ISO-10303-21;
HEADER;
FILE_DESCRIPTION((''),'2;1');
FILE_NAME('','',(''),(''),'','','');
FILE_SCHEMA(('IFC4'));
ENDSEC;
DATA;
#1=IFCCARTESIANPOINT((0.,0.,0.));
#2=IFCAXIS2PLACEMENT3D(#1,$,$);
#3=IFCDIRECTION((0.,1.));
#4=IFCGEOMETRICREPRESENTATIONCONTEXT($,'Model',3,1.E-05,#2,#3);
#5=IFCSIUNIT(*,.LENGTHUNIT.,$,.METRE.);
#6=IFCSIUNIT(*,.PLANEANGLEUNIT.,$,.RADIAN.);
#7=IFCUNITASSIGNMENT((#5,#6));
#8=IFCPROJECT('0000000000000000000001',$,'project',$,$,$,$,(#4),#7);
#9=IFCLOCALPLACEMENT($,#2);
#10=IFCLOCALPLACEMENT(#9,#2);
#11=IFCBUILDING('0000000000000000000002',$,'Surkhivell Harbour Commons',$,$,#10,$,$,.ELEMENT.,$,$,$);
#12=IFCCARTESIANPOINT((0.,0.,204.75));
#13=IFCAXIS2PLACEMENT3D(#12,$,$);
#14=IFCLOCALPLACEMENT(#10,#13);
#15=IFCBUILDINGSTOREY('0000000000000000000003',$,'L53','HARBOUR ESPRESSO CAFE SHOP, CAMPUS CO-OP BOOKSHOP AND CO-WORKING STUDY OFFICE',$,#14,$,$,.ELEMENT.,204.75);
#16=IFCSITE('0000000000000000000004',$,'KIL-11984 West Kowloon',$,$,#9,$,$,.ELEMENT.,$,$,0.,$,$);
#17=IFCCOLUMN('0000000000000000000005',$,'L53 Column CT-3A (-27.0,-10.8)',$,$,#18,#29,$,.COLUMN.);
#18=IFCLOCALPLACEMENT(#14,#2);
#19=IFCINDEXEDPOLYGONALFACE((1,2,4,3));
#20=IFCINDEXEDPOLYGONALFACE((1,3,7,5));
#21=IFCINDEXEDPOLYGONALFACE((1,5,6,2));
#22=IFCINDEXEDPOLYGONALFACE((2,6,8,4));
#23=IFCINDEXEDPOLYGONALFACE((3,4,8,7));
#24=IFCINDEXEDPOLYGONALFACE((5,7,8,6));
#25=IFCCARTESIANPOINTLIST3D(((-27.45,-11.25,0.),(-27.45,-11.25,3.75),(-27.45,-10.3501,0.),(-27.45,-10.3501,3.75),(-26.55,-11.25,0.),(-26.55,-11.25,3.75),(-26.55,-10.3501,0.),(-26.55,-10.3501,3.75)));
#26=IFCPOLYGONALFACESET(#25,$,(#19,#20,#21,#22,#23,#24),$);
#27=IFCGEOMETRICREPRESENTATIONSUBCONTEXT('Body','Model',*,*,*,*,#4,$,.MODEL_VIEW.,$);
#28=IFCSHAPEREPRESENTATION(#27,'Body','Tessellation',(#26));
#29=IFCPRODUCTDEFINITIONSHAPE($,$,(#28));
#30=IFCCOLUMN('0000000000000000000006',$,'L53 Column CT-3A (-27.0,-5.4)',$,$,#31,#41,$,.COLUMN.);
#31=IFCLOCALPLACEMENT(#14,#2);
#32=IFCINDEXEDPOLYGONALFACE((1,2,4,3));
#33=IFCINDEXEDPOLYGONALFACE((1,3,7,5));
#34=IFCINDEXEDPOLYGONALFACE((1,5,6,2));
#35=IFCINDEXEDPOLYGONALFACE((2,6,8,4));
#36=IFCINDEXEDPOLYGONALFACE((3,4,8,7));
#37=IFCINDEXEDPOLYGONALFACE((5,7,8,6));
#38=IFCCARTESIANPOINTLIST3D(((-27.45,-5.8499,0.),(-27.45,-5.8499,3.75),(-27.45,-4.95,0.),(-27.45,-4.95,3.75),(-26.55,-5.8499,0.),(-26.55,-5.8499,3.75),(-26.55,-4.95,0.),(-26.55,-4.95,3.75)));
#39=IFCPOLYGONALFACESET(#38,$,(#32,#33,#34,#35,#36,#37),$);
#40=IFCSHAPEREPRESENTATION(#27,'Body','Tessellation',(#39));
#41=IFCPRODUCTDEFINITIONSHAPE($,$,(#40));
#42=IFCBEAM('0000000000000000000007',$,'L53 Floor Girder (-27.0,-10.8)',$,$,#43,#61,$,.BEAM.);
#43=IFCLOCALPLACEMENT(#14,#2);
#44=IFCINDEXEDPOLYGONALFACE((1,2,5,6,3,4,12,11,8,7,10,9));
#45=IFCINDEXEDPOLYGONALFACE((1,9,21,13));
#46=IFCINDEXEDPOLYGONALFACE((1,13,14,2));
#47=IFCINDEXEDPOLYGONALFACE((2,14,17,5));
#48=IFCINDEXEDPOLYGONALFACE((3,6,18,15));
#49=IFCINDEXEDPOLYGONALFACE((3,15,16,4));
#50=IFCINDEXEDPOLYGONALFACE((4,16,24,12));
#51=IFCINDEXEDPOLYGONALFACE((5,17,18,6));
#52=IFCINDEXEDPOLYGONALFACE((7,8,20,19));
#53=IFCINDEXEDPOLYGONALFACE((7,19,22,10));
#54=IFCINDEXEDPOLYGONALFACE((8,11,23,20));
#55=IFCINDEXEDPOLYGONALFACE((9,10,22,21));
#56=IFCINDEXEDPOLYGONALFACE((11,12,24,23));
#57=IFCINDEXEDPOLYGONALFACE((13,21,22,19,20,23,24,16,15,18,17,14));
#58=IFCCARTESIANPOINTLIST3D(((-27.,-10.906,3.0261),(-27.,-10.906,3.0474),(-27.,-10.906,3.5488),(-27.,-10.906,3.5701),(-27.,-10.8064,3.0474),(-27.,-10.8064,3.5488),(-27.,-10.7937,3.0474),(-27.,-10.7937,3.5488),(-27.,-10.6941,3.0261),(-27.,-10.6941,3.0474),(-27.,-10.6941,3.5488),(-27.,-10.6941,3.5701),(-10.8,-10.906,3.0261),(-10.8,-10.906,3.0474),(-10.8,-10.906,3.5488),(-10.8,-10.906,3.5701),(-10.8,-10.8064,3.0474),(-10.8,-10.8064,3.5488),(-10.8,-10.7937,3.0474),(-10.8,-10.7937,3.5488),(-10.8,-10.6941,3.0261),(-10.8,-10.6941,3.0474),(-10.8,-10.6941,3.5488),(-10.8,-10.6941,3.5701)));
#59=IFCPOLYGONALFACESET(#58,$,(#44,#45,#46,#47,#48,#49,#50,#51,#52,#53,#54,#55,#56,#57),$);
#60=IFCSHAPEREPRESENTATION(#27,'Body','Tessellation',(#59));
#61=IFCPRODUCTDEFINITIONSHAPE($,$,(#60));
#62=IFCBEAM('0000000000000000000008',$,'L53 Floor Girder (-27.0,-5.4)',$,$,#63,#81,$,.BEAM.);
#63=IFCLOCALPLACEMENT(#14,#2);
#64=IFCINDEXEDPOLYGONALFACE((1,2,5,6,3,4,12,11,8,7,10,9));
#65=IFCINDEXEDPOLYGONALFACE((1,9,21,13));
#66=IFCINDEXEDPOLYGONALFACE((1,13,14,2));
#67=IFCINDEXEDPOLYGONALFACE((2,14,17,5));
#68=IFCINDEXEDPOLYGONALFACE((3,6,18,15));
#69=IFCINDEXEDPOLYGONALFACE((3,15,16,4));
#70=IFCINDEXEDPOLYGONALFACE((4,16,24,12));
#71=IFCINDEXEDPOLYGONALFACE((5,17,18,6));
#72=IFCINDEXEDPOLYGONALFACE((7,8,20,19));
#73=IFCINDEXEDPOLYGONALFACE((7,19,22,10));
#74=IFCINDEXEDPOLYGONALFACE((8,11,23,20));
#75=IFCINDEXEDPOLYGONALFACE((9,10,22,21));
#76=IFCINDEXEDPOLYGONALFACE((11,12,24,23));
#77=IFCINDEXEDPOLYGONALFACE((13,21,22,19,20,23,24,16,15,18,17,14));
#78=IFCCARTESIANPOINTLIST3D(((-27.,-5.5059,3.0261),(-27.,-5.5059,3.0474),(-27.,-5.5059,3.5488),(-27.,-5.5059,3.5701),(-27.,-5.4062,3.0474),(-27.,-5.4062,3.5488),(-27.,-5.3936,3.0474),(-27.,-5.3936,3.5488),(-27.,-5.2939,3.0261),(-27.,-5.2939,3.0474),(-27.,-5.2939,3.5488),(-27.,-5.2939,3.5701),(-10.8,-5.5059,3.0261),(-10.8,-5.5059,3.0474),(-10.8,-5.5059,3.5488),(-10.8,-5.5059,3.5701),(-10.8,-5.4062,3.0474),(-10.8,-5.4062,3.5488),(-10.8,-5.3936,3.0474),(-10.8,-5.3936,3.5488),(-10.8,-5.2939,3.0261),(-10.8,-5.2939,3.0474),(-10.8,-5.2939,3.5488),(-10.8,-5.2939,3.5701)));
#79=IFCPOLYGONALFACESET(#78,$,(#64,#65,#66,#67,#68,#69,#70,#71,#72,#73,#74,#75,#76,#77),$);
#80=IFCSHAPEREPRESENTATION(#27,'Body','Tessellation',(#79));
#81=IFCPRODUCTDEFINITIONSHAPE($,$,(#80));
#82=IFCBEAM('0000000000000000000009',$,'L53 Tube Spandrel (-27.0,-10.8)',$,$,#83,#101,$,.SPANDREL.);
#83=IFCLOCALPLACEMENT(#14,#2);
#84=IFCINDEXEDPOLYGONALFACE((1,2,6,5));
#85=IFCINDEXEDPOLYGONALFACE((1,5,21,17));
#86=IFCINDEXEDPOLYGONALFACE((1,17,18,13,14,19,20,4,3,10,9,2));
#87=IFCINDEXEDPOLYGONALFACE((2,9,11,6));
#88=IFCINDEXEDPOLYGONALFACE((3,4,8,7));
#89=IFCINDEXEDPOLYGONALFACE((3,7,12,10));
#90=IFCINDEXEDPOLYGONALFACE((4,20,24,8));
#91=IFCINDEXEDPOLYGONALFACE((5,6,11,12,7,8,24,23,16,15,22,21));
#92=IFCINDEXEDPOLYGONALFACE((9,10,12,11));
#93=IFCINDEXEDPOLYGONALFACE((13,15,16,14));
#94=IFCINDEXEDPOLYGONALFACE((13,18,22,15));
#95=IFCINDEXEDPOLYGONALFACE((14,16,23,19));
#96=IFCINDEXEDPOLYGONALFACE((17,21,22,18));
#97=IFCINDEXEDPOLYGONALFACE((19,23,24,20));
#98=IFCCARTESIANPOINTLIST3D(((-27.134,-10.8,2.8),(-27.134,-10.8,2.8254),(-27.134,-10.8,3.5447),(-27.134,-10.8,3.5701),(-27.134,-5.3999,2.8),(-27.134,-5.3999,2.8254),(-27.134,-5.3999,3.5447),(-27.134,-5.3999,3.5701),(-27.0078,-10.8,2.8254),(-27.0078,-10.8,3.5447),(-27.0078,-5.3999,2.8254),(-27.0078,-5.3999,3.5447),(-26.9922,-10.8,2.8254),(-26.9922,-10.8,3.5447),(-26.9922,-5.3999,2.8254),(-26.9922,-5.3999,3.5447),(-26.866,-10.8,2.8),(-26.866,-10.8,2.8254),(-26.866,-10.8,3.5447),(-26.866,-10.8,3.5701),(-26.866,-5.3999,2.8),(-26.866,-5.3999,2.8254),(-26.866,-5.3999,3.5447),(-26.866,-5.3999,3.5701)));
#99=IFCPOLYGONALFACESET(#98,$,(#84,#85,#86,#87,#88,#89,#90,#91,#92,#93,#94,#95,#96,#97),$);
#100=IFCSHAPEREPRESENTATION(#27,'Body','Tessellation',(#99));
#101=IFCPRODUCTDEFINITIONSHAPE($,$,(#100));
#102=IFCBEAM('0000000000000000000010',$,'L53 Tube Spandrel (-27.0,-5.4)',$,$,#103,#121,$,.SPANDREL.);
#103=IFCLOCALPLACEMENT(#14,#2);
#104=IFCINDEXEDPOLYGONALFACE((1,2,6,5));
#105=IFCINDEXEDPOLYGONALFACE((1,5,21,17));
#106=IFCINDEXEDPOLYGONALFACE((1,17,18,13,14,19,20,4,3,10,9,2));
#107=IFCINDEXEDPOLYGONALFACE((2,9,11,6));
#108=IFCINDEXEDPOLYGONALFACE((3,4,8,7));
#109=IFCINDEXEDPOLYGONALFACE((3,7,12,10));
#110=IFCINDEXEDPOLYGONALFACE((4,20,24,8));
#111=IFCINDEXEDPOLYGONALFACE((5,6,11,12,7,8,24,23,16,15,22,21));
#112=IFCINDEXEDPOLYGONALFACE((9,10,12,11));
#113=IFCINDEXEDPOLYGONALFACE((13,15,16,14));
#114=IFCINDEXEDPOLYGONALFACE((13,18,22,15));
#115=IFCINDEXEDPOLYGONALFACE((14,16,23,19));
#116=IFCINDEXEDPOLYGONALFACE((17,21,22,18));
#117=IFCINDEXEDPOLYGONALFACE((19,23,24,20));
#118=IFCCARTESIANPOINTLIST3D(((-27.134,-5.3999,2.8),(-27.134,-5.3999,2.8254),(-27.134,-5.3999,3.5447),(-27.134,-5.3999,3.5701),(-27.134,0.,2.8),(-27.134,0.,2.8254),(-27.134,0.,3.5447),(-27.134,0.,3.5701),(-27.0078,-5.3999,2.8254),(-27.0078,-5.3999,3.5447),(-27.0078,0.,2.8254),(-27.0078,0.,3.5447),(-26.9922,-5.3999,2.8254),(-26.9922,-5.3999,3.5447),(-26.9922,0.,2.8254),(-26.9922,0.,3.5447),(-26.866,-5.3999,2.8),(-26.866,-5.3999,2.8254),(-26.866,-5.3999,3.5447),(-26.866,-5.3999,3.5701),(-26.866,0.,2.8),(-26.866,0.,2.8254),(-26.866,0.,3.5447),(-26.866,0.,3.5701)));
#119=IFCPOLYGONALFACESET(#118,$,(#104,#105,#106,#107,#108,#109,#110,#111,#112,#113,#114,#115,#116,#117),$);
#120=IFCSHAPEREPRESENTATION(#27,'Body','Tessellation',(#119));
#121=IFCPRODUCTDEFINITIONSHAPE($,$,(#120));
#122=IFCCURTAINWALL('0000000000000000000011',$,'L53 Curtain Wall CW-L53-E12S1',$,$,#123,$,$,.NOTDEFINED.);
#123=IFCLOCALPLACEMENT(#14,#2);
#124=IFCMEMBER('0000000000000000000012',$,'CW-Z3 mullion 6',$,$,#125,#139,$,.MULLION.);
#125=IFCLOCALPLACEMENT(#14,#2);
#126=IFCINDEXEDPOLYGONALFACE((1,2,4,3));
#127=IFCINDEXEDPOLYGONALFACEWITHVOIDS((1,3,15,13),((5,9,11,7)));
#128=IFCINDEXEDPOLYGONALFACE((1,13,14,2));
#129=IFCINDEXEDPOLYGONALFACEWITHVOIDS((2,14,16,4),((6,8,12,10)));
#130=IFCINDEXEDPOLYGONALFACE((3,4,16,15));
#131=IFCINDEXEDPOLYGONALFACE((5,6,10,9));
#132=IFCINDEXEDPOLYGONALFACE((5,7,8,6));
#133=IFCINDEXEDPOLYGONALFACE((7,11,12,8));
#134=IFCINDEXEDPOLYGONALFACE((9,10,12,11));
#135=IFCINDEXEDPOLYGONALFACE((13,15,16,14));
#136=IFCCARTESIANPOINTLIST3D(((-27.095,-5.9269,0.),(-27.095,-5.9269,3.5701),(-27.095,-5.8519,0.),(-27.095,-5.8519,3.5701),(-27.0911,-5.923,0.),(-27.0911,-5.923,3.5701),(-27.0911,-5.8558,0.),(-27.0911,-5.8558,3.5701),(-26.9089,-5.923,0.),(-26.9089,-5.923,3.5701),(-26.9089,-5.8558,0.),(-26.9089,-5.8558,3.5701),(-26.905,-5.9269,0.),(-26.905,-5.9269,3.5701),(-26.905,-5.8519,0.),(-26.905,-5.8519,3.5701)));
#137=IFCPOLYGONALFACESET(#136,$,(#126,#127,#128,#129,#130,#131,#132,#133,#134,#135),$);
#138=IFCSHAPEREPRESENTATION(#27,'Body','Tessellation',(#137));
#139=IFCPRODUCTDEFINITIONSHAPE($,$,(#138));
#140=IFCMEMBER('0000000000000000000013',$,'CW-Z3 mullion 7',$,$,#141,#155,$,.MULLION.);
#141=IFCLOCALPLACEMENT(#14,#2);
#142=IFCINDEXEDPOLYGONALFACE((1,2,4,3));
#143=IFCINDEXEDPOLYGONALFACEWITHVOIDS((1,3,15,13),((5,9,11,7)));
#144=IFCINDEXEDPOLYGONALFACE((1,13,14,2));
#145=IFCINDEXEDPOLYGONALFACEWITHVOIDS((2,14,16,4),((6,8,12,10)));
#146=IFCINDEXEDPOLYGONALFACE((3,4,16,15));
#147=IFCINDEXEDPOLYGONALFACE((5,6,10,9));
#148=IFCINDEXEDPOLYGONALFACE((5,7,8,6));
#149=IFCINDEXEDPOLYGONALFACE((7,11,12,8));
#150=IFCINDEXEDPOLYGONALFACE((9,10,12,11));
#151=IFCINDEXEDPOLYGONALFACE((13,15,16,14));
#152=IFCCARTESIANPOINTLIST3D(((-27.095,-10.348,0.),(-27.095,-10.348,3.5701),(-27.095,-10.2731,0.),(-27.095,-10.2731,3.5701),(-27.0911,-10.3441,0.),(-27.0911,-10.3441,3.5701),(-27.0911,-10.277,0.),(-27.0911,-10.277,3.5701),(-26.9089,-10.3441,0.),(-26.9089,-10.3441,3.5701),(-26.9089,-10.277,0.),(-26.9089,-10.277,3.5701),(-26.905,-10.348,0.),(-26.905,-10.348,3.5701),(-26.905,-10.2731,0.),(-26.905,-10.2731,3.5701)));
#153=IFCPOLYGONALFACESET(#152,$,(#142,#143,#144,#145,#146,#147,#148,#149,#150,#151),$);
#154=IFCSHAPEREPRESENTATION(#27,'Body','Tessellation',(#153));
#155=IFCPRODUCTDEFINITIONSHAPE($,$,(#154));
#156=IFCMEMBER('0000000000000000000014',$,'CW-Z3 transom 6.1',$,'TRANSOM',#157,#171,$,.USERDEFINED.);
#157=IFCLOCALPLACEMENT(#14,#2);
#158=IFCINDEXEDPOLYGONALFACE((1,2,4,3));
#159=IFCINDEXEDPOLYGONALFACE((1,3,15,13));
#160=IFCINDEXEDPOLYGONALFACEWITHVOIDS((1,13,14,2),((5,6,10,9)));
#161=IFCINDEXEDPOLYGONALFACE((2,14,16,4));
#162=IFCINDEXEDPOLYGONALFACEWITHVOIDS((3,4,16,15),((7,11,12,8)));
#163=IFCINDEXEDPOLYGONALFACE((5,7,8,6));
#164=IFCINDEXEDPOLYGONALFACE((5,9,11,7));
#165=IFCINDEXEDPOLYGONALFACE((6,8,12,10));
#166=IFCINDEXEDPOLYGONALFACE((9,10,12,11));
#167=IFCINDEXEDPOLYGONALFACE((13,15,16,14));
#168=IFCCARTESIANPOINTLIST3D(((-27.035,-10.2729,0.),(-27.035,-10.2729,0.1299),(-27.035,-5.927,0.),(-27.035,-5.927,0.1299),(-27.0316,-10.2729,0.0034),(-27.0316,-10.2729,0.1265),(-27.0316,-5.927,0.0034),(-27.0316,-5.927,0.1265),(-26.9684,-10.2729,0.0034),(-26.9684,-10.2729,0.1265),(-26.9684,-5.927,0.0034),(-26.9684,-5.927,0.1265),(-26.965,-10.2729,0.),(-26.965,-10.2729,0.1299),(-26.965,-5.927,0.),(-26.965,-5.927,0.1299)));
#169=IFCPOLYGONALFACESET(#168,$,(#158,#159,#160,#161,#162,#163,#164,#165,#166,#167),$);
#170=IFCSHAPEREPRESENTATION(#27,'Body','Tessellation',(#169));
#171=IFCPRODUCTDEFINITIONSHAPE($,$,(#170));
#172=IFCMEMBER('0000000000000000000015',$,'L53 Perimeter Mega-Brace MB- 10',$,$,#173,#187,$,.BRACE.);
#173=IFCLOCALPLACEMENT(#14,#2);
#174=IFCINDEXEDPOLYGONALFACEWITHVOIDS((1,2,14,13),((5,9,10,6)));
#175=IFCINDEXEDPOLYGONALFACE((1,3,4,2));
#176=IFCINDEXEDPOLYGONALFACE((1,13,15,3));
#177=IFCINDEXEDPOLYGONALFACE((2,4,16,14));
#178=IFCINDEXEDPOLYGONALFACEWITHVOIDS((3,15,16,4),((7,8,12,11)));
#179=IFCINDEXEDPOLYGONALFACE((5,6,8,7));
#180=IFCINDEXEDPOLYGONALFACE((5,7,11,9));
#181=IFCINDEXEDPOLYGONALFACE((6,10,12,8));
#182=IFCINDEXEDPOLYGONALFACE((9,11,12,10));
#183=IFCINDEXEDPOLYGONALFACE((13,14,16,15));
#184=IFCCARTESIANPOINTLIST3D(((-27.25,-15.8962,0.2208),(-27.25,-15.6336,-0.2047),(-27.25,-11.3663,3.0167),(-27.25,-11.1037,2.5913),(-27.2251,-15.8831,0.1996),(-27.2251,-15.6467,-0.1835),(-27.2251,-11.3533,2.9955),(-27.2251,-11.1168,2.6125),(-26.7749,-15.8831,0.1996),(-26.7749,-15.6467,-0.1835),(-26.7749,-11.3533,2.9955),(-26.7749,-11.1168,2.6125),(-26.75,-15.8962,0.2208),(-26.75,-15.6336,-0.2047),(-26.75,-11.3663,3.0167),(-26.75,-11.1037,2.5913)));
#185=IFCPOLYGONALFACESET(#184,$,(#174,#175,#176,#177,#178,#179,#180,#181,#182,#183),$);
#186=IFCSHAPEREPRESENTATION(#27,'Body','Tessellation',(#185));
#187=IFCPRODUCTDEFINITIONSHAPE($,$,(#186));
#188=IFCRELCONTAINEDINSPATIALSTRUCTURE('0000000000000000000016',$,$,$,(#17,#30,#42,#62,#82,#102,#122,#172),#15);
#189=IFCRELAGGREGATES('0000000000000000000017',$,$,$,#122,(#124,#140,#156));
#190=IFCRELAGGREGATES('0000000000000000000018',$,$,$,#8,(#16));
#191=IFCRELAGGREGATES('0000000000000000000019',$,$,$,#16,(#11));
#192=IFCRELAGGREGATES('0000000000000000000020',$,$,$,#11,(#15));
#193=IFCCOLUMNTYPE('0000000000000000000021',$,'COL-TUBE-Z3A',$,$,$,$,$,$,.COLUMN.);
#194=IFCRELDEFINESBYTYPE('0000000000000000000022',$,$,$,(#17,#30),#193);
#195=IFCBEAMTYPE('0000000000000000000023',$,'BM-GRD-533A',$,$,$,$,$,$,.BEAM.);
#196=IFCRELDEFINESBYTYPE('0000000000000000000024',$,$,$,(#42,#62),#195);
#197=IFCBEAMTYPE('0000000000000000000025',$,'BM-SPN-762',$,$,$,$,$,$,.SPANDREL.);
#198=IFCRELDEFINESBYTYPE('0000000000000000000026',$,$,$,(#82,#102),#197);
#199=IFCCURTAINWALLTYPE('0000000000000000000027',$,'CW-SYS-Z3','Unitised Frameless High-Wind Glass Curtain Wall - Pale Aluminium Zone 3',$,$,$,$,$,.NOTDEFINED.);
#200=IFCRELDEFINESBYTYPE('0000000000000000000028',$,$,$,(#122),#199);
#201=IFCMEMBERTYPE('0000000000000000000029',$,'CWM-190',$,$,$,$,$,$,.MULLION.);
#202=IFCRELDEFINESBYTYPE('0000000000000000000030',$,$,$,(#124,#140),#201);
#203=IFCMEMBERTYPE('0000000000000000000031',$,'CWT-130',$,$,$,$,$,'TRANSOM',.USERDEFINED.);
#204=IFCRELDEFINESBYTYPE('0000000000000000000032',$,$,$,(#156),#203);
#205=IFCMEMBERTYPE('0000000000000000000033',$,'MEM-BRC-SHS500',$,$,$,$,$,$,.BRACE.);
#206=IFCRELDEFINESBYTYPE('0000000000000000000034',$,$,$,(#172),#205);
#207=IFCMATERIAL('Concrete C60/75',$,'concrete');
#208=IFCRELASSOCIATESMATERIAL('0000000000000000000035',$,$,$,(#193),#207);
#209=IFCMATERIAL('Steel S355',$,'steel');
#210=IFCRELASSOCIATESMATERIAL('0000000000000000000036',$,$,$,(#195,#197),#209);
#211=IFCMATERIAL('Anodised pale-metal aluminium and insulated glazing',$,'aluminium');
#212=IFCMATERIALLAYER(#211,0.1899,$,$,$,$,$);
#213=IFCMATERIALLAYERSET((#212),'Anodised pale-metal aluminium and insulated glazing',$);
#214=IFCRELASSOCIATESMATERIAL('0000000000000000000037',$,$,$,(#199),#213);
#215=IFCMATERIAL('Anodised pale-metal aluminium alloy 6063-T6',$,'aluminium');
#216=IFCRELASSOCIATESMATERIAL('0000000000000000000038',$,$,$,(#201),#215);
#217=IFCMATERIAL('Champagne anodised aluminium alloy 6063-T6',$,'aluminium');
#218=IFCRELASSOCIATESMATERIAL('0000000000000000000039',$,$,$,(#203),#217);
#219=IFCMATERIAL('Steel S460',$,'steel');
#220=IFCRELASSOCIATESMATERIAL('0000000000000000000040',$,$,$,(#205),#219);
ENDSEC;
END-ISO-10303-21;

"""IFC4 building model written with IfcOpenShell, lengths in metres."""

from ifc_helpers import new_model, si_unit, direction, frame, origin, origin_2d, place, context, subcontext, project, spatial, rectangle, hollow_rectangle, i_section, extrude, material, layer, layer_set, material_profile, profile_set, type_object, element, aggregate, save


model = new_model("IFC4")

# Units and contexts
model_context = context("Model", 3, precision=1e-05, world=origin(), true_north=direction((0.0, 1.0)))
body_context = subcontext(model_context, "Body", "Model", "MODEL_VIEW")
ifc_project = project(units=[si_unit("LENGTHUNIT", "METRE"), si_unit("PLANEANGLEUNIT", "RADIAN")], contexts=[model_context])

# Site, building, storey
site_placement = place(None, origin())
site = spatial("IfcSite", under=ifc_project, at=site_placement, Name="KIL-11984 West Kowloon", CompositionType="ELEMENT", RefElevation=0.0)
building_placement = place(site_placement, origin())
building = spatial("IfcBuilding", under=site, at=building_placement, Name="Surkhivell Harbour Commons", CompositionType="ELEMENT")
storey_placement = place(building_placement, frame((0.0, 0.0, 204.75)))
storey = spatial("IfcBuildingStorey", under=building, at=storey_placement, Name="L53", Description="HARBOUR ESPRESSO CAFE SHOP, CAMPUS CO-OP BOOKSHOP AND CO-WORKING STUDY OFFICE", CompositionType="ELEMENT", Elevation=204.75)

# Columns
ifc_material_1 = material(Name="Concrete C60/75", Category="concrete")
ifc_material_profile_1 = material_profile(ifc_material_1, rectangle(XDim=0.8999, YDim=0.8999, at=origin_2d()), Name="RC-COL-900x900")
ifc_profile_set_1 = profile_set([ifc_material_profile_1], Name="Concrete C60/75")
column_type = type_object("IfcColumnType", Name="COL-TUBE-Z3A", PredefinedType="COLUMN", material=ifc_profile_set_1)
for number, where, z_axis, x_axis, name in (
    (1, (-27.0, -10.8, 0.0), (0.0, 0.0, 1.0), (1.0, 0.0, 0.0), "L53 Column CT-3A (-27.0,-10.8)"),
    (2, (-27.0, -5.3999, 0.0), (0.0, 0.0, 1.0), (1.0, 0.0, 0.0), "L53 Column CT-3A (-27.0,-5.4)"),
):
    element("IfcColumn", number, at=place(storey_placement, frame(where, z_axis=z_axis, x_axis=x_axis)), inside=storey, type_object=column_type, Name=name, PredefinedType="COLUMN", context=body_context, shape_type="SweptSolid", body=[
        extrude(rectangle(XDim=0.8999, YDim=0.8999, at=origin_2d()), origin(), (0.0, 0.0, 1.0), 3.75),
    ])

# Beams
ifc_material_2 = material(Name="Steel S355", Category="steel")
ifc_material_profile_2 = material_profile(ifc_material_2, i_section(OverallWidth=0.2119, OverallDepth=0.5439, WebThickness=0.0127, FlangeThickness=0.0212, at=origin_2d()), Name="UB533x210x122")
ifc_profile_set_2 = profile_set([ifc_material_profile_2], Name="Steel S355")
beam_type_1 = type_object("IfcBeamType", Name="BM-GRD-533A", PredefinedType="BEAM", material=ifc_profile_set_2)
for number, where, z_axis, x_axis, name in (
    (3, (-27.0, -10.8, 3.2981), (1.0, 0.0, 0.0), (0.0, 1.0, 0.0), "L53 Floor Girder (-27.0,-10.8)"),
    (4, (-27.0, -5.3999, 3.2981), (1.0, 0.0, 0.0), (0.0, 1.0, 0.0), "L53 Floor Girder (-27.0,-5.4)"),
):
    element("IfcBeam", number, at=place(storey_placement, frame(where, z_axis=z_axis, x_axis=x_axis)), inside=storey, type_object=beam_type_1, Name=name, PredefinedType="BEAM", context=body_context, shape_type="SweptSolid", body=[
        extrude(i_section(OverallWidth=0.2119, OverallDepth=0.5439, WebThickness=0.0127, FlangeThickness=0.0212, at=origin_2d()), origin(), (0.0, 0.0, 1.0), 16.2),
    ])
ifc_material_profile_3 = material_profile(ifc_material_2, i_section(OverallWidth=0.2681, OverallDepth=0.77, WebThickness=0.0156, FlangeThickness=0.0254, at=origin_2d()), Name="UB762x267x197")
ifc_profile_set_3 = profile_set([ifc_material_profile_3], Name="Steel S355")
beam_type_2 = type_object("IfcBeamType", Name="BM-SPN-762", PredefinedType="SPANDREL", material=ifc_profile_set_3)
beam_1_placement = place(storey_placement, frame((-27.0, -10.8, 3.1851), z_axis=(0.0, 1.0, 0.0), x_axis=(-1.0, 0.0, 0.0)))
element("IfcBeam", 5, at=beam_1_placement, inside=storey, type_object=beam_type_2, Name="L53 Tube Spandrel (-27.0,-10.8)", PredefinedType="SPANDREL", context=body_context, shape_type="SweptSolid", body=[
    extrude(i_section(OverallWidth=0.2681, OverallDepth=0.77, WebThickness=0.0156, FlangeThickness=0.0254, at=origin_2d()), origin(), (0.0, 0.0, 1.0), 5.4001),
])
beam_2_placement = place(storey_placement, frame((-27.0, -5.3999, 3.1851), z_axis=(0.0, 1.0, 0.0), x_axis=(-1.0, 0.0, 0.0)))
element("IfcBeam", 6, at=beam_2_placement, inside=storey, type_object=beam_type_2, Name="L53 Tube Spandrel (-27.0,-5.4)", PredefinedType="SPANDREL", context=body_context, shape_type="SweptSolid", body=[
    extrude(i_section(OverallWidth=0.2681, OverallDepth=0.77, WebThickness=0.0156, FlangeThickness=0.0254, at=origin_2d()), origin(), (0.0, 0.0, 1.0), 5.3999),
])

# Curtain wall, members
ifc_material_3 = material(Name="Anodised pale-metal aluminium and insulated glazing", Category="aluminium")
ifc_layer_1 = layer(ifc_material_3, 0.1899)
ifc_layer_set_1 = layer_set([ifc_layer_1], Name="Anodised pale-metal aluminium and insulated glazing")
curtain_wall_type = type_object("IfcCurtainWallType", Name="CW-SYS-Z3", Description="Unitised Frameless High-Wind Glass Curtain Wall - Pale Aluminium Zone 3", PredefinedType="NOTDEFINED", material=ifc_layer_set_1)
curtain_wall_placement = place(storey_placement, origin())
curtain_wall = element("IfcCurtainWall", 7, at=curtain_wall_placement, inside=storey, type_object=curtain_wall_type, Name="L53 Curtain Wall CW-L53-E12S1", PredefinedType="NOTDEFINED")
ifc_material_4 = material(Name="Anodised pale-metal aluminium alloy 6063-T6", Category="aluminium")
ifc_material_profile_4 = material_profile(ifc_material_4, hollow_rectangle(XDim=0.075, YDim=0.1899, WallThickness=0.0039, at=origin_2d()), Name="ALU-MULL-75x190")
ifc_profile_set_4 = profile_set([ifc_material_profile_4], Name="Anodised pale-metal aluminium alloy 6063-T6")
member_type_1 = type_object("IfcMemberType", Name="CWM-190", PredefinedType="MULLION", material=ifc_profile_set_4)
member_1_placement = place(storey_placement, frame((-27.0, -5.8894, 0.0), z_axis=(0.0, 0.0, 1.0), x_axis=(0.0, -1.0, 0.0)))
member_1 = element("IfcMember", 8, at=member_1_placement, type_object=member_type_1, Name="CW-Z3 mullion 6", PredefinedType="MULLION", context=body_context, shape_type="SweptSolid", body=[
    extrude(hollow_rectangle(XDim=0.075, YDim=0.1899, WallThickness=0.0039, at=origin_2d()), origin(), (0.0, 0.0, 1.0), 3.5701),
])
member_2_placement = place(storey_placement, frame((-27.0, -10.3105, 0.0), z_axis=(0.0, 0.0, 1.0), x_axis=(0.0, -1.0, 0.0)))
member_2 = element("IfcMember", 9, at=member_2_placement, type_object=member_type_1, Name="CW-Z3 mullion 7", PredefinedType="MULLION", context=body_context, shape_type="SweptSolid", body=[
    extrude(hollow_rectangle(XDim=0.075, YDim=0.1899, WallThickness=0.0039, at=origin_2d()), origin(), (0.0, 0.0, 1.0), 3.5701),
])
ifc_material_5 = material(Name="Champagne anodised aluminium alloy 6063-T6", Category="aluminium")
ifc_material_profile_5 = material_profile(ifc_material_5, hollow_rectangle(XDim=0.0701, YDim=0.1299, WallThickness=0.0034, at=origin_2d()), Name="ALU-TRAN-70x130")
ifc_profile_set_5 = profile_set([ifc_material_profile_5], Name="Champagne anodised aluminium alloy 6063-T6")
member_type_2 = type_object("IfcMemberType", Name="CWT-130", ElementType="TRANSOM", PredefinedType="USERDEFINED", material=ifc_profile_set_5)
member_3_placement = place(storey_placement, frame((-27.0, -5.927, 0.0649), z_axis=(0.0, -1.0, 0.0), x_axis=(1.0, 0.0, 0.0)))
member_3 = element("IfcMember", 10, at=member_3_placement, type_object=member_type_2, Name="CW-Z3 transom 6.1", ObjectType="TRANSOM", PredefinedType="USERDEFINED", context=body_context, shape_type="SweptSolid", body=[
    extrude(hollow_rectangle(XDim=0.0701, YDim=0.1299, WallThickness=0.0034, at=origin_2d()), origin(), (0.0, 0.0, 1.0), 4.3459),
])

# Member
ifc_material_6 = material(Name="Steel S460", Category="steel")
ifc_material_profile_6 = material_profile(ifc_material_6, hollow_rectangle(XDim=0.5, YDim=0.5, WallThickness=0.0249, at=origin_2d()), Name="SHS500x500x25")
ifc_profile_set_6 = profile_set([ifc_material_profile_6], Name="Steel S460")
member_type_3 = type_object("IfcMemberType", Name="MEM-BRC-SHS500", PredefinedType="BRACE", material=ifc_profile_set_6)
member_4_placement = place(storey_placement, frame((-27.0, -15.7649, 0.0081), z_axis=(0.0, 0.850958, 0.525233), x_axis=(-1.0, 0.0, 0.0)))
element("IfcMember", 11, at=member_4_placement, inside=storey, type_object=member_type_3, Name="L53 Perimeter Mega-Brace MB- 10", PredefinedType="BRACE", context=body_context, shape_type="SweptSolid", body=[
    extrude(hollow_rectangle(XDim=0.5, YDim=0.5, WallThickness=0.0249, at=origin_2d()), origin(), (0.0, 0.0, 1.0), 5.3232),
])

aggregate(curtain_wall, [member_1, member_2, member_3])

save(model, "model.ifc")
